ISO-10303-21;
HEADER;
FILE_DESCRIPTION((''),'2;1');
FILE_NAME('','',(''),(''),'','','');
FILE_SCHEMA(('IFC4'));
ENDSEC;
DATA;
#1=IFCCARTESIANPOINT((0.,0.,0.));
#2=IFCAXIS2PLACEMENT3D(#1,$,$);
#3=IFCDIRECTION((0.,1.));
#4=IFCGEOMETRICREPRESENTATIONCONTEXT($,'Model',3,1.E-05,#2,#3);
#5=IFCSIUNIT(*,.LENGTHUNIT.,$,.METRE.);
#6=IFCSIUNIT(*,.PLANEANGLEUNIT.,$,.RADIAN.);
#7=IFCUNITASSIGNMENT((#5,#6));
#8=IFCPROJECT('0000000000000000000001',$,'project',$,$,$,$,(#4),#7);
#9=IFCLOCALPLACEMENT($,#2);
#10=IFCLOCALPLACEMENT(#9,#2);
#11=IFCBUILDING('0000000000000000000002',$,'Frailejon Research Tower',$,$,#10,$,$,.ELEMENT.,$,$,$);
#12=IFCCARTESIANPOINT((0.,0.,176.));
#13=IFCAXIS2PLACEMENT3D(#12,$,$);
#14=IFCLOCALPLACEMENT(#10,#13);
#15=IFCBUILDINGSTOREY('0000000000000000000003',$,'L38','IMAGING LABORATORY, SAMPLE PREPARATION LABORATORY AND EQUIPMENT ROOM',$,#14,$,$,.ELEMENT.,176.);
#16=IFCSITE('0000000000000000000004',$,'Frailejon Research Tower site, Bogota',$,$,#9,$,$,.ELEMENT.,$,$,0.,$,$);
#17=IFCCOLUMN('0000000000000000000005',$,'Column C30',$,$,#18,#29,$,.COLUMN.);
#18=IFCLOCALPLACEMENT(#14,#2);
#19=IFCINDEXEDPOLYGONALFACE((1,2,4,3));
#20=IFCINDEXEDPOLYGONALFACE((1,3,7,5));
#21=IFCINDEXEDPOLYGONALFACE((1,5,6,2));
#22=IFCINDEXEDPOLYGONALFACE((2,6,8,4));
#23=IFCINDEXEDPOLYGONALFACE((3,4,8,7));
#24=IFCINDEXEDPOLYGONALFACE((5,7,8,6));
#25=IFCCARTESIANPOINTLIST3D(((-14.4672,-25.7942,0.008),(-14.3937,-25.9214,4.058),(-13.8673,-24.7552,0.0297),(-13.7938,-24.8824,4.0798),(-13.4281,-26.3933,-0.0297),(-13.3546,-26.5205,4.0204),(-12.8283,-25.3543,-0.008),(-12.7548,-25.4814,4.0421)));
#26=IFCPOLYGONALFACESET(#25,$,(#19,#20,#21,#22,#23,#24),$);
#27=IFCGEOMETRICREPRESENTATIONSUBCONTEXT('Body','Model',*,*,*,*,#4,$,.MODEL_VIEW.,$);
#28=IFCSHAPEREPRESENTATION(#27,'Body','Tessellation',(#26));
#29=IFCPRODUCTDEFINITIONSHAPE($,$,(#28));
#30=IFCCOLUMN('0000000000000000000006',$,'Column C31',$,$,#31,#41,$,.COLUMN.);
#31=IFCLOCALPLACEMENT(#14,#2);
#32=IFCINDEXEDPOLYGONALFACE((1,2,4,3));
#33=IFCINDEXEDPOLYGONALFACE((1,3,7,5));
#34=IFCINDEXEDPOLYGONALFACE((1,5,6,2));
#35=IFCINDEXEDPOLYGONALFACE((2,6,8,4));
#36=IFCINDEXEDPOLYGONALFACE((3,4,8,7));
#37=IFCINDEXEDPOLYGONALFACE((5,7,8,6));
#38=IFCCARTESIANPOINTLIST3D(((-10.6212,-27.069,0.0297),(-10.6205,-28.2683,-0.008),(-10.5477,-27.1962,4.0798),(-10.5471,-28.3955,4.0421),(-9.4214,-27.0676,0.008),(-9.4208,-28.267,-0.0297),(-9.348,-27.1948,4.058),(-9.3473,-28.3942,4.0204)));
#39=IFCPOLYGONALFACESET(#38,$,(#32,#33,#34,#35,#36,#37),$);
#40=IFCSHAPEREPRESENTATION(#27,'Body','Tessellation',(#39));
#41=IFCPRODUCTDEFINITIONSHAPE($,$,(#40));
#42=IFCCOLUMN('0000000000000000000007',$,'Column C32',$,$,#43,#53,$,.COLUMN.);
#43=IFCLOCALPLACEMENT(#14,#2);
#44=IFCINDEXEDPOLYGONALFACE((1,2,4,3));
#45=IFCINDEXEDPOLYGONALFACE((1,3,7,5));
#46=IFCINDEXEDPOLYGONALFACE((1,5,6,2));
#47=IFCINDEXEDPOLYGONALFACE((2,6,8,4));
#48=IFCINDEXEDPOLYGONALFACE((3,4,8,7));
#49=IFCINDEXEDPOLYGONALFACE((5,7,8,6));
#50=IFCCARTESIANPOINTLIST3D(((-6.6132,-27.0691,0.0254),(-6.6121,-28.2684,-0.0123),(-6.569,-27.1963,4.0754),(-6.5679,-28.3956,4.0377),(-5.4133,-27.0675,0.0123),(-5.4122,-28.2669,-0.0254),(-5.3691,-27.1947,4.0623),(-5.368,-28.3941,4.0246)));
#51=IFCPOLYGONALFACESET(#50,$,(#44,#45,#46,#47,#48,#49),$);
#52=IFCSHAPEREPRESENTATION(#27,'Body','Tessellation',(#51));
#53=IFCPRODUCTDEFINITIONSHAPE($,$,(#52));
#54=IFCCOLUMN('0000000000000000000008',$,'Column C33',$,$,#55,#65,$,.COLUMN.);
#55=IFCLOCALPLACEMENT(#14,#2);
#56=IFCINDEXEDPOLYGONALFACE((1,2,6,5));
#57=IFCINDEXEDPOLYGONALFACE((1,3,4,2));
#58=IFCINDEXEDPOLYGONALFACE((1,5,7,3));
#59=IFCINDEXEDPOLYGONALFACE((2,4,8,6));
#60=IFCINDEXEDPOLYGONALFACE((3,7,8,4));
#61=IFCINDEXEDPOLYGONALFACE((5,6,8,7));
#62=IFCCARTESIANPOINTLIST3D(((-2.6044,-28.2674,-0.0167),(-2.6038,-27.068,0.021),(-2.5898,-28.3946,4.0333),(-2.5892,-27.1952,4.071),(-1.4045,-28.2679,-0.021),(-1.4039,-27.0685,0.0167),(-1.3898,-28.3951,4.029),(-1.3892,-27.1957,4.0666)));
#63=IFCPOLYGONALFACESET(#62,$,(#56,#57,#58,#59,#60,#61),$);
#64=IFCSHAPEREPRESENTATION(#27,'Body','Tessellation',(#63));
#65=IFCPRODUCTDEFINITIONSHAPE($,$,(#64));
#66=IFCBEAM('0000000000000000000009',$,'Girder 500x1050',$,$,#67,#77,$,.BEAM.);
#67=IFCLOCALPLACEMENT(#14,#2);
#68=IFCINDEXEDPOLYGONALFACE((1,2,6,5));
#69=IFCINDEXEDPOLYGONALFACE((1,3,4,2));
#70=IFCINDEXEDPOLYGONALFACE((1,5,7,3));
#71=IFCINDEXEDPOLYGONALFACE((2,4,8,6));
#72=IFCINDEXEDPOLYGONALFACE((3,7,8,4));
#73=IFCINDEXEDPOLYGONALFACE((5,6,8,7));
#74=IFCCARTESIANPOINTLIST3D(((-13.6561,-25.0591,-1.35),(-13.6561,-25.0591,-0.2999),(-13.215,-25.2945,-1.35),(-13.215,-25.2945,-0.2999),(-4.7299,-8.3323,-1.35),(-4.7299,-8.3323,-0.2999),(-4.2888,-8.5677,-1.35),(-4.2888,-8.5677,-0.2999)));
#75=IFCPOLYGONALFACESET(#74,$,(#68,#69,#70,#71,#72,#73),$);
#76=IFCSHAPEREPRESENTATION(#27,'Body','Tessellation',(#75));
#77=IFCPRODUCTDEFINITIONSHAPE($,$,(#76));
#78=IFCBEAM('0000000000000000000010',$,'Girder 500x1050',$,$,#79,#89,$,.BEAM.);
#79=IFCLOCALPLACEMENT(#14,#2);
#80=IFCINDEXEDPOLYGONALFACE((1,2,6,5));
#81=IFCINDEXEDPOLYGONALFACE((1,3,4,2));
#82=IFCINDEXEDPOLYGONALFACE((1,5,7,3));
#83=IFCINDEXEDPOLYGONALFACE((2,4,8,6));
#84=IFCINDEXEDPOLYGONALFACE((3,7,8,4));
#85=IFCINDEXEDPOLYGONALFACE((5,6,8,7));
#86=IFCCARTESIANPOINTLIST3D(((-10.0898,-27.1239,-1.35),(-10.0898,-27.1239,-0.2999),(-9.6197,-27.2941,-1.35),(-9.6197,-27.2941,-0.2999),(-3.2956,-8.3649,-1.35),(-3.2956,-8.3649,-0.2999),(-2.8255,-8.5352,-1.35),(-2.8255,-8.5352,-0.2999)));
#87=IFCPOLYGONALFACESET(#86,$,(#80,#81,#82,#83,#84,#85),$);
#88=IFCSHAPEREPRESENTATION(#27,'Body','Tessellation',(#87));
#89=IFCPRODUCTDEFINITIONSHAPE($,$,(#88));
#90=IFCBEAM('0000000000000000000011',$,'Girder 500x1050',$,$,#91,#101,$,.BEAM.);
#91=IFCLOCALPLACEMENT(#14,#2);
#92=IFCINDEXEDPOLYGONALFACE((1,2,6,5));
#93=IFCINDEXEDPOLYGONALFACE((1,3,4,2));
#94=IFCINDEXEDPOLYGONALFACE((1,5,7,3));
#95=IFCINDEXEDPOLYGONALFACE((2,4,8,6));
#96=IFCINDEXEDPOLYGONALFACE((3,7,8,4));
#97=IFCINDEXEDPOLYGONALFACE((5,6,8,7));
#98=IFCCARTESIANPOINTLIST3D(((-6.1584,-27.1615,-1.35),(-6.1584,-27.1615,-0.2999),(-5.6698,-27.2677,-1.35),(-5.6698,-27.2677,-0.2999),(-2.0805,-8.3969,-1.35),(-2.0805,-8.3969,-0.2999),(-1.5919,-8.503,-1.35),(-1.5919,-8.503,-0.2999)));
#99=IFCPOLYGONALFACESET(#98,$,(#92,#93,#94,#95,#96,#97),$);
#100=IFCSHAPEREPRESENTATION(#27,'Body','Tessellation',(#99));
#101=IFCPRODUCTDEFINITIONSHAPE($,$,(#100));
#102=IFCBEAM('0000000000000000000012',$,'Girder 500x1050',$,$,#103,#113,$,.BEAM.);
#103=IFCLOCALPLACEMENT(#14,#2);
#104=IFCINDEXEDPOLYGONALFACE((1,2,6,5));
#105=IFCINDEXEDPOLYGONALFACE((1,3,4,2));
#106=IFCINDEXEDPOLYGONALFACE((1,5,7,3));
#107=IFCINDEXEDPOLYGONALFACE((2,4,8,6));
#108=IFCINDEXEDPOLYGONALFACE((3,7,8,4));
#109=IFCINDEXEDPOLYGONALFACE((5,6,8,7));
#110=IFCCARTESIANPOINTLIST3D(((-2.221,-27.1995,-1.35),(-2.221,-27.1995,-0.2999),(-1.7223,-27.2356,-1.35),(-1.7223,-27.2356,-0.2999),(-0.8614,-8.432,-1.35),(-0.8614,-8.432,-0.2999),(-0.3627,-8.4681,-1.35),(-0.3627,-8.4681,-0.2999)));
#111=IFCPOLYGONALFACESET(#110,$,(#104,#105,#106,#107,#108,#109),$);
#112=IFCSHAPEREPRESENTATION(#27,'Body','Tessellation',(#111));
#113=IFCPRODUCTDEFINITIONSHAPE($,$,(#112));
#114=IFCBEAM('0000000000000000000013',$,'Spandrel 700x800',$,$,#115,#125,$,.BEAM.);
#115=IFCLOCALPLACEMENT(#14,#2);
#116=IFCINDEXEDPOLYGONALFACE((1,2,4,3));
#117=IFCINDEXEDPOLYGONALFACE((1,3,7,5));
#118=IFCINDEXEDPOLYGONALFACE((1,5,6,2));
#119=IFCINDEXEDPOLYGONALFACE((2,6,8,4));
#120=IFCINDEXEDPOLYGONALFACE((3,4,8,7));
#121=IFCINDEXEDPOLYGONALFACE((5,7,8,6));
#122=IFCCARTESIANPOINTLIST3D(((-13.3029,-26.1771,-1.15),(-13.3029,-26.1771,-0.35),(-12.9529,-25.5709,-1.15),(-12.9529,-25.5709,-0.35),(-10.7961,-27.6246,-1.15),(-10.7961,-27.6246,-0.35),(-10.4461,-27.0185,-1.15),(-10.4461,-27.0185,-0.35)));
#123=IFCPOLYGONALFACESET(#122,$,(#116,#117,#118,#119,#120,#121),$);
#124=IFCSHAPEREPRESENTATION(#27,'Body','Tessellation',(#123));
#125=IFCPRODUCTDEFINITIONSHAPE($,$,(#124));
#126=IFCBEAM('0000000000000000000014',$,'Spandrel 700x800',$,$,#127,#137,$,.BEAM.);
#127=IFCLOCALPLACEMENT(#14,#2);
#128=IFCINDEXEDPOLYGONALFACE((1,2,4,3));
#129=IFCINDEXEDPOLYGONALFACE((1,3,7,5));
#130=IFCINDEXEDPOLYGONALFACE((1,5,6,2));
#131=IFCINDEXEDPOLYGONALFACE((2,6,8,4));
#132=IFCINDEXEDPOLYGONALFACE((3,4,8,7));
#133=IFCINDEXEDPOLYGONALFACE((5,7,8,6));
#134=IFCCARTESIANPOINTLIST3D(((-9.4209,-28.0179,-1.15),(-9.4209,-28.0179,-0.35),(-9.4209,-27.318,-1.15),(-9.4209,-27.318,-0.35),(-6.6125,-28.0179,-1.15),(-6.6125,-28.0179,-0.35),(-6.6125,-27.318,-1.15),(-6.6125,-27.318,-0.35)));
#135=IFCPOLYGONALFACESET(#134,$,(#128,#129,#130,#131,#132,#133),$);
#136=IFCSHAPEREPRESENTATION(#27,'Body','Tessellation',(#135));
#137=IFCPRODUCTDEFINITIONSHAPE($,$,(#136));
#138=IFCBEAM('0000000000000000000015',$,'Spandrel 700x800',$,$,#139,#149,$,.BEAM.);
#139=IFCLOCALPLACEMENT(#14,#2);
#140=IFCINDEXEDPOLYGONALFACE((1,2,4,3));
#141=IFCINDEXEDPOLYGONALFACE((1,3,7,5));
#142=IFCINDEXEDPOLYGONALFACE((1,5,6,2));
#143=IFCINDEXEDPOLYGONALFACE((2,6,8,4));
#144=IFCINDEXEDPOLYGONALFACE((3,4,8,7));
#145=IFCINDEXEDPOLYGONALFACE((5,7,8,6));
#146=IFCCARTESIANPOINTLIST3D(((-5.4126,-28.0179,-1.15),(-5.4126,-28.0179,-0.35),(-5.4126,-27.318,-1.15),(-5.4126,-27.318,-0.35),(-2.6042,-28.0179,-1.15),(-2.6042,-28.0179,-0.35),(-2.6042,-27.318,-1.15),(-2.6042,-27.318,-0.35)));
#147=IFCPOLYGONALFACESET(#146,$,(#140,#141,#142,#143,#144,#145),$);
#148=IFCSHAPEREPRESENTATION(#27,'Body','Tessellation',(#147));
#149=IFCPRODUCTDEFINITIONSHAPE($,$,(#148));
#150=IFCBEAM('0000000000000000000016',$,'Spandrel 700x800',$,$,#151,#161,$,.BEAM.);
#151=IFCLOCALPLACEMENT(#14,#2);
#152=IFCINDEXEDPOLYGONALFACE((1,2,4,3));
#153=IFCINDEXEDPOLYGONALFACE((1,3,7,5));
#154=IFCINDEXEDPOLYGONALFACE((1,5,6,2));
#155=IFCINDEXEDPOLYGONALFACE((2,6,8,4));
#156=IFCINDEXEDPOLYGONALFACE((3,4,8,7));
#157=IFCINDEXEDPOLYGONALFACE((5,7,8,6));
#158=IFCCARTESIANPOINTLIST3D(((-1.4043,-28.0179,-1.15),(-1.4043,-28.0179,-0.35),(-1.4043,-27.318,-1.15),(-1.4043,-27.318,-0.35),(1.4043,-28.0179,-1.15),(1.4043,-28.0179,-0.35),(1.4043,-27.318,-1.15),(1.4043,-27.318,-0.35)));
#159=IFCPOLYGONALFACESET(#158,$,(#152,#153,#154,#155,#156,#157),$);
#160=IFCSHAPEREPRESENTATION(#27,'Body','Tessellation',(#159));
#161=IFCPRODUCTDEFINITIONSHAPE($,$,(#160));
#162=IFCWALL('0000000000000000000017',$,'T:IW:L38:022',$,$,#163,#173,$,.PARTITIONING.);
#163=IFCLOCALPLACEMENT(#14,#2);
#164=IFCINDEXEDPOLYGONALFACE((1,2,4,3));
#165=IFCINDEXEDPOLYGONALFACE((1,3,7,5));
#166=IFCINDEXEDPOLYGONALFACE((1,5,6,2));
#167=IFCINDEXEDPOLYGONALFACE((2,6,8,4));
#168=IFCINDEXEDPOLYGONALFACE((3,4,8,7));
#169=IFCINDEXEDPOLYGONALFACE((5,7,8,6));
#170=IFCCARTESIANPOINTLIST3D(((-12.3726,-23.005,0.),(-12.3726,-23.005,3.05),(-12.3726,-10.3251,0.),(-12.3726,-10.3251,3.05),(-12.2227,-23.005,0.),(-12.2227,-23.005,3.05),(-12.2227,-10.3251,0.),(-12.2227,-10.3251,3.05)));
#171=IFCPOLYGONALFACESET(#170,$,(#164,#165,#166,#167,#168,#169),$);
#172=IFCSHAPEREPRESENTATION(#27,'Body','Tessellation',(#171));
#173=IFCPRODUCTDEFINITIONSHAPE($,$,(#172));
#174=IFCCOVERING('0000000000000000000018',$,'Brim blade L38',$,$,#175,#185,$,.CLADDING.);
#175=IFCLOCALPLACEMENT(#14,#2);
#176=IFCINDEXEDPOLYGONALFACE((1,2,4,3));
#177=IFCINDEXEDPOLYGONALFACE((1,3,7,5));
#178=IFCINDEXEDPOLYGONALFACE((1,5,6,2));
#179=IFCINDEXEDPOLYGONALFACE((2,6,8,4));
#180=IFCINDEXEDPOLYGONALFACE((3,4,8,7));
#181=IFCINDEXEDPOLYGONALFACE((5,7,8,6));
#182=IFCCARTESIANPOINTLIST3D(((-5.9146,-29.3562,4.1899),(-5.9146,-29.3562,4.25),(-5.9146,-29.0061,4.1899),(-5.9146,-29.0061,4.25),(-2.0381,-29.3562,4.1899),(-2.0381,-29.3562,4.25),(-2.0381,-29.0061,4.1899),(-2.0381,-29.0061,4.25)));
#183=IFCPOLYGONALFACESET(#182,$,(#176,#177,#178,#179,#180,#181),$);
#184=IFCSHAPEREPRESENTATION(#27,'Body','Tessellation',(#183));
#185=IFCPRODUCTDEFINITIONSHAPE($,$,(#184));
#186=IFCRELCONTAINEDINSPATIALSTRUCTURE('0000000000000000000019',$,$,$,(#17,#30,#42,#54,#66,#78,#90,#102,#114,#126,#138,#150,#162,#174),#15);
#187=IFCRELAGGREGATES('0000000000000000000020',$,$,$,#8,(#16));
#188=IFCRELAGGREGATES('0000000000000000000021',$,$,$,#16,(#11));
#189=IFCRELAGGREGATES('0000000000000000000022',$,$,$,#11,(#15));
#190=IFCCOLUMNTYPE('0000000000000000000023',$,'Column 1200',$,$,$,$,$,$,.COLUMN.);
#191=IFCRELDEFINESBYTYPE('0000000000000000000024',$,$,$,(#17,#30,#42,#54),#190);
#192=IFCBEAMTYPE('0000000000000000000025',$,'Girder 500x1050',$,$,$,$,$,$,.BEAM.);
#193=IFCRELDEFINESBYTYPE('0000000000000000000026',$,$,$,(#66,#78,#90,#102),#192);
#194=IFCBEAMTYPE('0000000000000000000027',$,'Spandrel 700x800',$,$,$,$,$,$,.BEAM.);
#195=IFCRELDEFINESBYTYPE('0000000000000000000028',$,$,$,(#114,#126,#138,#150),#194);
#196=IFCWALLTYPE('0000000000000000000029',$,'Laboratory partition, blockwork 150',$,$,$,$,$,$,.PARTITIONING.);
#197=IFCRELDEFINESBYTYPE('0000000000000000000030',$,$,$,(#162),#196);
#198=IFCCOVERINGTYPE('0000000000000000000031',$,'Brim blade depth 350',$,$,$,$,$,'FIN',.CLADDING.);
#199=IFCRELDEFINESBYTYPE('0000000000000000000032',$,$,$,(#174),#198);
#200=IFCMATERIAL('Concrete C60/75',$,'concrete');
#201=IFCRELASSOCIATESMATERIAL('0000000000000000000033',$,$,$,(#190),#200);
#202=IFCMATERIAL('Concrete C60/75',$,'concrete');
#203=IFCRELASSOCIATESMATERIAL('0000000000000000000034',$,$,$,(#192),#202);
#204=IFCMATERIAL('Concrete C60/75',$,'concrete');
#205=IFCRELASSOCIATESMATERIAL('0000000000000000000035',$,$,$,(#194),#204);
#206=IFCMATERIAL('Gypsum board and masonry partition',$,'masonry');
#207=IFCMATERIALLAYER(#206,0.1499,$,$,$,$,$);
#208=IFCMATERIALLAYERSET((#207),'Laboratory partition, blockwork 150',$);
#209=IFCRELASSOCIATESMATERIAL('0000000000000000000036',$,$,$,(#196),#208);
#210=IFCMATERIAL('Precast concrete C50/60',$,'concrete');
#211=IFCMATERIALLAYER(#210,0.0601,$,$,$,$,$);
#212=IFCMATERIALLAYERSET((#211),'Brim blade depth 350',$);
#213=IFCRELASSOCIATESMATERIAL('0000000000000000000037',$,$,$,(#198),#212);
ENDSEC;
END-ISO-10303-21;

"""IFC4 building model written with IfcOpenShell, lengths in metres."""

from ifc_helpers import new_model, si_unit, direction, frame, frame_2d, origin, origin_2d, place, context, subcontext, project, spatial, polyline, rectangle, outline, extrude, material, layer, layer_set, material_profile, profile_set, type_object, element, save


model = new_model("IFC4")

# Units and contexts
model_context = context("Model", 3, precision=1e-05, world=origin(), true_north=direction((0.0, 1.0)))
body_context = subcontext(model_context, "Body", "Model", "MODEL_VIEW")
ifc_project = project(units=[si_unit("LENGTHUNIT", "METRE"), si_unit("PLANEANGLEUNIT", "RADIAN")], contexts=[model_context])

# Site, building, storey
site_placement = place(None, origin())
site = spatial("IfcSite", under=ifc_project, at=site_placement, Name="Frailejon Research Tower site, Bogota", CompositionType="ELEMENT", RefElevation=0.0)
building_placement = place(site_placement, origin())
building = spatial("IfcBuilding", under=site, at=building_placement, Name="Frailejon Research Tower", CompositionType="ELEMENT")
storey_placement = place(building_placement, frame((0.0, 0.0, 176.0)))
storey = spatial("IfcBuildingStorey", under=building, at=storey_placement, Name="L38", Description="IMAGING LABORATORY, SAMPLE PREPARATION LABORATORY AND EQUIPMENT ROOM", CompositionType="ELEMENT", Elevation=176.0)

# Columns
ifc_material_1 = material(Name="Concrete C60/75", Category="concrete")
ifc_material_profile_1 = material_profile(ifc_material_1, rectangle(XDim=1.2, YDim=1.2, at=origin_2d()), Name="Column 1200")
ifc_profile_set_1 = profile_set([ifc_material_profile_1], Name="Concrete C60/75")
column_type = type_object("IfcColumnType", Name="Column 1200", PredefinedType="COLUMN", material=ifc_profile_set_1)
for number, where, z_axis, x_axis, name in (
    (1, (-13.6477, -25.5742, 0.0), (0.018133, -0.031386, 0.999343), (0.865885, -0.499257, -0.031391), "Column C30"),
    (2, (-10.021, -27.668, 0.0), (0.018133, -0.031386, 0.999343), (0.999835, 0.001116, -0.018107), "Column C31"),
):
    element("IfcColumn", number, at=place(storey_placement, frame(where, z_axis=z_axis, x_axis=x_axis)), inside=storey, type_object=column_type, Name=name, PredefinedType="COLUMN", context=body_context, shape_type="SweptSolid", body=[
        extrude(rectangle(XDim=1.2, YDim=1.2, at=origin_2d()), origin(), (0.0, 0.0, 1.0), 4.0527),
    ])
column_1_placement = place(storey_placement, frame((-6.0127, -27.668, 0.0), z_axis=(0.010905, -0.031389, 0.999448), x_axis=(0.99994, 0.001287, -0.01087)))
element("IfcColumn", 3, at=column_1_placement, inside=storey, type_object=column_type, Name="Column C32", PredefinedType="COLUMN", context=body_context, shape_type="SweptSolid", body=[
    extrude(rectangle(XDim=1.2, YDim=1.2, at=origin_2d()), origin(), (0.0, 0.0, 1.0), 4.0522),
])
column_2_placement = place(storey_placement, frame((-2.0042, -27.668, 0.0), z_axis=(0.003615, -0.031391, 0.999501), x_axis=(0.999993, -0.000407, -0.00363)))
element("IfcColumn", 4, at=column_2_placement, inside=storey, type_object=column_type, Name="Column C33", PredefinedType="COLUMN", context=body_context, shape_type="SweptSolid", body=[
    extrude(rectangle(XDim=1.2, YDim=1.2, at=origin_2d()), origin(), (0.0, 0.0, 1.0), 4.052),
])

# Beams
ifc_material_2 = material(Name="Concrete C60/75", Category="concrete")
ifc_material_profile_2 = material_profile(ifc_material_2, rectangle(XDim=0.5, YDim=1.05, at=origin_2d()), Name="Girder 500x1050")
ifc_profile_set_2 = profile_set([ifc_material_profile_2], Name="Concrete C60/75")
beam_type_1 = type_object("IfcBeamType", Name="Girder 500x1050", PredefinedType="BEAM", material=ifc_profile_set_2)
beam_1_placement = place(storey_placement, frame((-13.4355, -25.1768, -0.825), z_axis=(0.470806, 0.882237, 0.0), x_axis=(-0.882237, 0.470806, 0.0)))
element("IfcBeam", 5, at=beam_1_placement, inside=storey, type_object=beam_type_1, Name="Girder 500x1050", PredefinedType="BEAM", context=body_context, shape_type="SweptSolid", body=[
    extrude(rectangle(XDim=0.5, YDim=1.05, at=origin_2d()), origin(), (0.0, 0.0, 1.0), 18.9595),
])
beam_2_placement = place(storey_placement, frame((-9.8547, -27.209, -0.825), z_axis=(0.340535, 0.940232, 0.0), x_axis=(-0.940232, 0.340535, 0.0)))
element("IfcBeam", 6, at=beam_2_placement, inside=storey, type_object=beam_type_1, Name="Girder 500x1050", PredefinedType="BEAM", context=body_context, shape_type="SweptSolid", body=[
    extrude(rectangle(XDim=0.5, YDim=1.05, at=origin_2d()), origin(), (0.0, 0.0, 1.0), 19.9514),
])
beam_3_placement = place(storey_placement, frame((-5.9141, -27.2146, -0.825), z_axis=(0.21236, 0.977191, 0.0), x_axis=(-0.977191, 0.21236, 0.0)))
element("IfcBeam", 7, at=beam_3_placement, inside=storey, type_object=beam_type_1, Name="Girder 500x1050", PredefinedType="BEAM", context=body_context, shape_type="SweptSolid", body=[
    extrude(rectangle(XDim=0.5, YDim=1.05, at=origin_2d()), origin(), (0.0, 0.0, 1.0), 19.2026),
])
beam_4_placement = place(storey_placement, frame((-1.9717, -27.2175, -0.825), z_axis=(0.072256, 0.997386, 0.0), x_axis=(-0.997386, 0.072256, 0.0)))
element("IfcBeam", 8, at=beam_4_placement, inside=storey, type_object=beam_type_1, Name="Girder 500x1050", PredefinedType="BEAM", context=body_context, shape_type="SweptSolid", body=[
    extrude(rectangle(XDim=0.5, YDim=1.05, at=origin_2d()), origin(), (0.0, 0.0, 1.0), 18.8167),
])
ifc_material_3 = material(Name="Concrete C60/75", Category="concrete")
ifc_material_profile_3 = material_profile(ifc_material_3, rectangle(XDim=0.7, YDim=0.8, at=origin_2d()), Name="Spandrel 700x800")
ifc_profile_set_3 = profile_set([ifc_material_profile_3], Name="Concrete C60/75")
beam_type_2 = type_object("IfcBeamType", Name="Spandrel 700x800", PredefinedType="BEAM", material=ifc_profile_set_3)
beam_5_placement = place(storey_placement, frame((-13.1279, -25.874, -0.75), z_axis=(0.865997, -0.500049, 0.0), x_axis=(0.500049, 0.865997, 0.0)))
element("IfcBeam", 9, at=beam_5_placement, inside=storey, type_object=beam_type_2, Name="Spandrel 700x800", PredefinedType="BEAM", context=body_context, shape_type="SweptSolid", body=[
    extrude(rectangle(XDim=0.7, YDim=0.8, at=origin_2d()), origin(), (0.0, 0.0, 1.0), 2.8948),
])
for number, where, z_axis, x_axis, name in (
    (10, (-9.4209, -27.668, -0.75), (1.0, 0.0, 0.0), (0.0, 1.0, 0.0), "Spandrel 700x800"),
    (11, (-5.4126, -27.668, -0.75), (1.0, 0.0, 0.0), (0.0, 1.0, 0.0), "Spandrel 700x800"),
):
    element("IfcBeam", number, at=place(storey_placement, frame(where, z_axis=z_axis, x_axis=x_axis)), inside=storey, type_object=beam_type_2, Name=name, PredefinedType="BEAM", context=body_context, shape_type="SweptSolid", body=[
        extrude(rectangle(XDim=0.7, YDim=0.8, at=origin_2d()), origin(), (0.0, 0.0, 1.0), 2.8083),
    ])
beam_6_placement = place(storey_placement, frame((-1.4043, -27.668, -0.75), z_axis=(1.0, 0.0, 0.0), x_axis=(0.0, 1.0, 0.0)))
element("IfcBeam", 12, at=beam_6_placement, inside=storey, type_object=beam_type_2, Name="Spandrel 700x800", PredefinedType="BEAM", context=body_context, shape_type="SweptSolid", body=[
    extrude(rectangle(XDim=0.7, YDim=0.8, at=origin_2d()), origin(), (0.0, 0.0, 1.0), 2.8086),
])

# Wall
ifc_material_4 = material(Name="Gypsum board and masonry partition", Category="masonry")
ifc_layer_1 = layer(ifc_material_4, 0.1499)
ifc_layer_set_1 = layer_set([ifc_layer_1], Name="Laboratory partition, blockwork 150")
wall_type_1 = type_object("IfcWallType", Name="Laboratory partition, blockwork 150", PredefinedType="PARTITIONING", material=ifc_layer_set_1)
wall_1_placement = place(storey_placement, frame((-12.2976, -23.0049, 0.0), z_axis=(0.0, 0.0, 1.0), x_axis=(0.0, 1.0, 0.0)))
element("IfcWall", 13, at=wall_1_placement, inside=storey, type_object=wall_type_1, Name="T:IW:L38:022", PredefinedType="PARTITIONING", context=body_context, shape_type="SweptSolid", body=[
    extrude(rectangle(XDim=12.6799, YDim=0.1499, at=frame_2d((6.3398, 0.0))), origin(), (0.0, 0.0, 1.0), 3.05),
])

# Covering
ifc_material_5 = material(Name="Precast concrete C50/60", Category="concrete")
ifc_layer_2 = layer(ifc_material_5, 0.0601)
ifc_layer_set_2 = layer_set([ifc_layer_2], Name="Brim blade depth 350")
covering_type_1 = type_object("IfcCoveringType", Name="Brim blade depth 350", ElementType="FIN", PredefinedType="CLADDING", material=ifc_layer_set_2)
covering_1_placement = place(storey_placement, frame((-2.0381, -29.0061, 4.25), z_axis=(-1.0, 0.0, 0.0), x_axis=(0.0, -1.0, 0.0)))
element("IfcCovering", 14, at=covering_1_placement, inside=storey, type_object=covering_type_1, Name="Brim blade L38", PredefinedType="CLADDING", context=body_context, shape_type="SweptSolid", body=[
    extrude(outline(polyline([(0.0, -0.0601), (0.3501, -0.0601), (0.3501, 0.0), (0.0, 0.0), (0.0, -0.0601)])), origin(), (0.0, 0.0, 1.0), 3.8765),
])

save(model, "model.ifc")
